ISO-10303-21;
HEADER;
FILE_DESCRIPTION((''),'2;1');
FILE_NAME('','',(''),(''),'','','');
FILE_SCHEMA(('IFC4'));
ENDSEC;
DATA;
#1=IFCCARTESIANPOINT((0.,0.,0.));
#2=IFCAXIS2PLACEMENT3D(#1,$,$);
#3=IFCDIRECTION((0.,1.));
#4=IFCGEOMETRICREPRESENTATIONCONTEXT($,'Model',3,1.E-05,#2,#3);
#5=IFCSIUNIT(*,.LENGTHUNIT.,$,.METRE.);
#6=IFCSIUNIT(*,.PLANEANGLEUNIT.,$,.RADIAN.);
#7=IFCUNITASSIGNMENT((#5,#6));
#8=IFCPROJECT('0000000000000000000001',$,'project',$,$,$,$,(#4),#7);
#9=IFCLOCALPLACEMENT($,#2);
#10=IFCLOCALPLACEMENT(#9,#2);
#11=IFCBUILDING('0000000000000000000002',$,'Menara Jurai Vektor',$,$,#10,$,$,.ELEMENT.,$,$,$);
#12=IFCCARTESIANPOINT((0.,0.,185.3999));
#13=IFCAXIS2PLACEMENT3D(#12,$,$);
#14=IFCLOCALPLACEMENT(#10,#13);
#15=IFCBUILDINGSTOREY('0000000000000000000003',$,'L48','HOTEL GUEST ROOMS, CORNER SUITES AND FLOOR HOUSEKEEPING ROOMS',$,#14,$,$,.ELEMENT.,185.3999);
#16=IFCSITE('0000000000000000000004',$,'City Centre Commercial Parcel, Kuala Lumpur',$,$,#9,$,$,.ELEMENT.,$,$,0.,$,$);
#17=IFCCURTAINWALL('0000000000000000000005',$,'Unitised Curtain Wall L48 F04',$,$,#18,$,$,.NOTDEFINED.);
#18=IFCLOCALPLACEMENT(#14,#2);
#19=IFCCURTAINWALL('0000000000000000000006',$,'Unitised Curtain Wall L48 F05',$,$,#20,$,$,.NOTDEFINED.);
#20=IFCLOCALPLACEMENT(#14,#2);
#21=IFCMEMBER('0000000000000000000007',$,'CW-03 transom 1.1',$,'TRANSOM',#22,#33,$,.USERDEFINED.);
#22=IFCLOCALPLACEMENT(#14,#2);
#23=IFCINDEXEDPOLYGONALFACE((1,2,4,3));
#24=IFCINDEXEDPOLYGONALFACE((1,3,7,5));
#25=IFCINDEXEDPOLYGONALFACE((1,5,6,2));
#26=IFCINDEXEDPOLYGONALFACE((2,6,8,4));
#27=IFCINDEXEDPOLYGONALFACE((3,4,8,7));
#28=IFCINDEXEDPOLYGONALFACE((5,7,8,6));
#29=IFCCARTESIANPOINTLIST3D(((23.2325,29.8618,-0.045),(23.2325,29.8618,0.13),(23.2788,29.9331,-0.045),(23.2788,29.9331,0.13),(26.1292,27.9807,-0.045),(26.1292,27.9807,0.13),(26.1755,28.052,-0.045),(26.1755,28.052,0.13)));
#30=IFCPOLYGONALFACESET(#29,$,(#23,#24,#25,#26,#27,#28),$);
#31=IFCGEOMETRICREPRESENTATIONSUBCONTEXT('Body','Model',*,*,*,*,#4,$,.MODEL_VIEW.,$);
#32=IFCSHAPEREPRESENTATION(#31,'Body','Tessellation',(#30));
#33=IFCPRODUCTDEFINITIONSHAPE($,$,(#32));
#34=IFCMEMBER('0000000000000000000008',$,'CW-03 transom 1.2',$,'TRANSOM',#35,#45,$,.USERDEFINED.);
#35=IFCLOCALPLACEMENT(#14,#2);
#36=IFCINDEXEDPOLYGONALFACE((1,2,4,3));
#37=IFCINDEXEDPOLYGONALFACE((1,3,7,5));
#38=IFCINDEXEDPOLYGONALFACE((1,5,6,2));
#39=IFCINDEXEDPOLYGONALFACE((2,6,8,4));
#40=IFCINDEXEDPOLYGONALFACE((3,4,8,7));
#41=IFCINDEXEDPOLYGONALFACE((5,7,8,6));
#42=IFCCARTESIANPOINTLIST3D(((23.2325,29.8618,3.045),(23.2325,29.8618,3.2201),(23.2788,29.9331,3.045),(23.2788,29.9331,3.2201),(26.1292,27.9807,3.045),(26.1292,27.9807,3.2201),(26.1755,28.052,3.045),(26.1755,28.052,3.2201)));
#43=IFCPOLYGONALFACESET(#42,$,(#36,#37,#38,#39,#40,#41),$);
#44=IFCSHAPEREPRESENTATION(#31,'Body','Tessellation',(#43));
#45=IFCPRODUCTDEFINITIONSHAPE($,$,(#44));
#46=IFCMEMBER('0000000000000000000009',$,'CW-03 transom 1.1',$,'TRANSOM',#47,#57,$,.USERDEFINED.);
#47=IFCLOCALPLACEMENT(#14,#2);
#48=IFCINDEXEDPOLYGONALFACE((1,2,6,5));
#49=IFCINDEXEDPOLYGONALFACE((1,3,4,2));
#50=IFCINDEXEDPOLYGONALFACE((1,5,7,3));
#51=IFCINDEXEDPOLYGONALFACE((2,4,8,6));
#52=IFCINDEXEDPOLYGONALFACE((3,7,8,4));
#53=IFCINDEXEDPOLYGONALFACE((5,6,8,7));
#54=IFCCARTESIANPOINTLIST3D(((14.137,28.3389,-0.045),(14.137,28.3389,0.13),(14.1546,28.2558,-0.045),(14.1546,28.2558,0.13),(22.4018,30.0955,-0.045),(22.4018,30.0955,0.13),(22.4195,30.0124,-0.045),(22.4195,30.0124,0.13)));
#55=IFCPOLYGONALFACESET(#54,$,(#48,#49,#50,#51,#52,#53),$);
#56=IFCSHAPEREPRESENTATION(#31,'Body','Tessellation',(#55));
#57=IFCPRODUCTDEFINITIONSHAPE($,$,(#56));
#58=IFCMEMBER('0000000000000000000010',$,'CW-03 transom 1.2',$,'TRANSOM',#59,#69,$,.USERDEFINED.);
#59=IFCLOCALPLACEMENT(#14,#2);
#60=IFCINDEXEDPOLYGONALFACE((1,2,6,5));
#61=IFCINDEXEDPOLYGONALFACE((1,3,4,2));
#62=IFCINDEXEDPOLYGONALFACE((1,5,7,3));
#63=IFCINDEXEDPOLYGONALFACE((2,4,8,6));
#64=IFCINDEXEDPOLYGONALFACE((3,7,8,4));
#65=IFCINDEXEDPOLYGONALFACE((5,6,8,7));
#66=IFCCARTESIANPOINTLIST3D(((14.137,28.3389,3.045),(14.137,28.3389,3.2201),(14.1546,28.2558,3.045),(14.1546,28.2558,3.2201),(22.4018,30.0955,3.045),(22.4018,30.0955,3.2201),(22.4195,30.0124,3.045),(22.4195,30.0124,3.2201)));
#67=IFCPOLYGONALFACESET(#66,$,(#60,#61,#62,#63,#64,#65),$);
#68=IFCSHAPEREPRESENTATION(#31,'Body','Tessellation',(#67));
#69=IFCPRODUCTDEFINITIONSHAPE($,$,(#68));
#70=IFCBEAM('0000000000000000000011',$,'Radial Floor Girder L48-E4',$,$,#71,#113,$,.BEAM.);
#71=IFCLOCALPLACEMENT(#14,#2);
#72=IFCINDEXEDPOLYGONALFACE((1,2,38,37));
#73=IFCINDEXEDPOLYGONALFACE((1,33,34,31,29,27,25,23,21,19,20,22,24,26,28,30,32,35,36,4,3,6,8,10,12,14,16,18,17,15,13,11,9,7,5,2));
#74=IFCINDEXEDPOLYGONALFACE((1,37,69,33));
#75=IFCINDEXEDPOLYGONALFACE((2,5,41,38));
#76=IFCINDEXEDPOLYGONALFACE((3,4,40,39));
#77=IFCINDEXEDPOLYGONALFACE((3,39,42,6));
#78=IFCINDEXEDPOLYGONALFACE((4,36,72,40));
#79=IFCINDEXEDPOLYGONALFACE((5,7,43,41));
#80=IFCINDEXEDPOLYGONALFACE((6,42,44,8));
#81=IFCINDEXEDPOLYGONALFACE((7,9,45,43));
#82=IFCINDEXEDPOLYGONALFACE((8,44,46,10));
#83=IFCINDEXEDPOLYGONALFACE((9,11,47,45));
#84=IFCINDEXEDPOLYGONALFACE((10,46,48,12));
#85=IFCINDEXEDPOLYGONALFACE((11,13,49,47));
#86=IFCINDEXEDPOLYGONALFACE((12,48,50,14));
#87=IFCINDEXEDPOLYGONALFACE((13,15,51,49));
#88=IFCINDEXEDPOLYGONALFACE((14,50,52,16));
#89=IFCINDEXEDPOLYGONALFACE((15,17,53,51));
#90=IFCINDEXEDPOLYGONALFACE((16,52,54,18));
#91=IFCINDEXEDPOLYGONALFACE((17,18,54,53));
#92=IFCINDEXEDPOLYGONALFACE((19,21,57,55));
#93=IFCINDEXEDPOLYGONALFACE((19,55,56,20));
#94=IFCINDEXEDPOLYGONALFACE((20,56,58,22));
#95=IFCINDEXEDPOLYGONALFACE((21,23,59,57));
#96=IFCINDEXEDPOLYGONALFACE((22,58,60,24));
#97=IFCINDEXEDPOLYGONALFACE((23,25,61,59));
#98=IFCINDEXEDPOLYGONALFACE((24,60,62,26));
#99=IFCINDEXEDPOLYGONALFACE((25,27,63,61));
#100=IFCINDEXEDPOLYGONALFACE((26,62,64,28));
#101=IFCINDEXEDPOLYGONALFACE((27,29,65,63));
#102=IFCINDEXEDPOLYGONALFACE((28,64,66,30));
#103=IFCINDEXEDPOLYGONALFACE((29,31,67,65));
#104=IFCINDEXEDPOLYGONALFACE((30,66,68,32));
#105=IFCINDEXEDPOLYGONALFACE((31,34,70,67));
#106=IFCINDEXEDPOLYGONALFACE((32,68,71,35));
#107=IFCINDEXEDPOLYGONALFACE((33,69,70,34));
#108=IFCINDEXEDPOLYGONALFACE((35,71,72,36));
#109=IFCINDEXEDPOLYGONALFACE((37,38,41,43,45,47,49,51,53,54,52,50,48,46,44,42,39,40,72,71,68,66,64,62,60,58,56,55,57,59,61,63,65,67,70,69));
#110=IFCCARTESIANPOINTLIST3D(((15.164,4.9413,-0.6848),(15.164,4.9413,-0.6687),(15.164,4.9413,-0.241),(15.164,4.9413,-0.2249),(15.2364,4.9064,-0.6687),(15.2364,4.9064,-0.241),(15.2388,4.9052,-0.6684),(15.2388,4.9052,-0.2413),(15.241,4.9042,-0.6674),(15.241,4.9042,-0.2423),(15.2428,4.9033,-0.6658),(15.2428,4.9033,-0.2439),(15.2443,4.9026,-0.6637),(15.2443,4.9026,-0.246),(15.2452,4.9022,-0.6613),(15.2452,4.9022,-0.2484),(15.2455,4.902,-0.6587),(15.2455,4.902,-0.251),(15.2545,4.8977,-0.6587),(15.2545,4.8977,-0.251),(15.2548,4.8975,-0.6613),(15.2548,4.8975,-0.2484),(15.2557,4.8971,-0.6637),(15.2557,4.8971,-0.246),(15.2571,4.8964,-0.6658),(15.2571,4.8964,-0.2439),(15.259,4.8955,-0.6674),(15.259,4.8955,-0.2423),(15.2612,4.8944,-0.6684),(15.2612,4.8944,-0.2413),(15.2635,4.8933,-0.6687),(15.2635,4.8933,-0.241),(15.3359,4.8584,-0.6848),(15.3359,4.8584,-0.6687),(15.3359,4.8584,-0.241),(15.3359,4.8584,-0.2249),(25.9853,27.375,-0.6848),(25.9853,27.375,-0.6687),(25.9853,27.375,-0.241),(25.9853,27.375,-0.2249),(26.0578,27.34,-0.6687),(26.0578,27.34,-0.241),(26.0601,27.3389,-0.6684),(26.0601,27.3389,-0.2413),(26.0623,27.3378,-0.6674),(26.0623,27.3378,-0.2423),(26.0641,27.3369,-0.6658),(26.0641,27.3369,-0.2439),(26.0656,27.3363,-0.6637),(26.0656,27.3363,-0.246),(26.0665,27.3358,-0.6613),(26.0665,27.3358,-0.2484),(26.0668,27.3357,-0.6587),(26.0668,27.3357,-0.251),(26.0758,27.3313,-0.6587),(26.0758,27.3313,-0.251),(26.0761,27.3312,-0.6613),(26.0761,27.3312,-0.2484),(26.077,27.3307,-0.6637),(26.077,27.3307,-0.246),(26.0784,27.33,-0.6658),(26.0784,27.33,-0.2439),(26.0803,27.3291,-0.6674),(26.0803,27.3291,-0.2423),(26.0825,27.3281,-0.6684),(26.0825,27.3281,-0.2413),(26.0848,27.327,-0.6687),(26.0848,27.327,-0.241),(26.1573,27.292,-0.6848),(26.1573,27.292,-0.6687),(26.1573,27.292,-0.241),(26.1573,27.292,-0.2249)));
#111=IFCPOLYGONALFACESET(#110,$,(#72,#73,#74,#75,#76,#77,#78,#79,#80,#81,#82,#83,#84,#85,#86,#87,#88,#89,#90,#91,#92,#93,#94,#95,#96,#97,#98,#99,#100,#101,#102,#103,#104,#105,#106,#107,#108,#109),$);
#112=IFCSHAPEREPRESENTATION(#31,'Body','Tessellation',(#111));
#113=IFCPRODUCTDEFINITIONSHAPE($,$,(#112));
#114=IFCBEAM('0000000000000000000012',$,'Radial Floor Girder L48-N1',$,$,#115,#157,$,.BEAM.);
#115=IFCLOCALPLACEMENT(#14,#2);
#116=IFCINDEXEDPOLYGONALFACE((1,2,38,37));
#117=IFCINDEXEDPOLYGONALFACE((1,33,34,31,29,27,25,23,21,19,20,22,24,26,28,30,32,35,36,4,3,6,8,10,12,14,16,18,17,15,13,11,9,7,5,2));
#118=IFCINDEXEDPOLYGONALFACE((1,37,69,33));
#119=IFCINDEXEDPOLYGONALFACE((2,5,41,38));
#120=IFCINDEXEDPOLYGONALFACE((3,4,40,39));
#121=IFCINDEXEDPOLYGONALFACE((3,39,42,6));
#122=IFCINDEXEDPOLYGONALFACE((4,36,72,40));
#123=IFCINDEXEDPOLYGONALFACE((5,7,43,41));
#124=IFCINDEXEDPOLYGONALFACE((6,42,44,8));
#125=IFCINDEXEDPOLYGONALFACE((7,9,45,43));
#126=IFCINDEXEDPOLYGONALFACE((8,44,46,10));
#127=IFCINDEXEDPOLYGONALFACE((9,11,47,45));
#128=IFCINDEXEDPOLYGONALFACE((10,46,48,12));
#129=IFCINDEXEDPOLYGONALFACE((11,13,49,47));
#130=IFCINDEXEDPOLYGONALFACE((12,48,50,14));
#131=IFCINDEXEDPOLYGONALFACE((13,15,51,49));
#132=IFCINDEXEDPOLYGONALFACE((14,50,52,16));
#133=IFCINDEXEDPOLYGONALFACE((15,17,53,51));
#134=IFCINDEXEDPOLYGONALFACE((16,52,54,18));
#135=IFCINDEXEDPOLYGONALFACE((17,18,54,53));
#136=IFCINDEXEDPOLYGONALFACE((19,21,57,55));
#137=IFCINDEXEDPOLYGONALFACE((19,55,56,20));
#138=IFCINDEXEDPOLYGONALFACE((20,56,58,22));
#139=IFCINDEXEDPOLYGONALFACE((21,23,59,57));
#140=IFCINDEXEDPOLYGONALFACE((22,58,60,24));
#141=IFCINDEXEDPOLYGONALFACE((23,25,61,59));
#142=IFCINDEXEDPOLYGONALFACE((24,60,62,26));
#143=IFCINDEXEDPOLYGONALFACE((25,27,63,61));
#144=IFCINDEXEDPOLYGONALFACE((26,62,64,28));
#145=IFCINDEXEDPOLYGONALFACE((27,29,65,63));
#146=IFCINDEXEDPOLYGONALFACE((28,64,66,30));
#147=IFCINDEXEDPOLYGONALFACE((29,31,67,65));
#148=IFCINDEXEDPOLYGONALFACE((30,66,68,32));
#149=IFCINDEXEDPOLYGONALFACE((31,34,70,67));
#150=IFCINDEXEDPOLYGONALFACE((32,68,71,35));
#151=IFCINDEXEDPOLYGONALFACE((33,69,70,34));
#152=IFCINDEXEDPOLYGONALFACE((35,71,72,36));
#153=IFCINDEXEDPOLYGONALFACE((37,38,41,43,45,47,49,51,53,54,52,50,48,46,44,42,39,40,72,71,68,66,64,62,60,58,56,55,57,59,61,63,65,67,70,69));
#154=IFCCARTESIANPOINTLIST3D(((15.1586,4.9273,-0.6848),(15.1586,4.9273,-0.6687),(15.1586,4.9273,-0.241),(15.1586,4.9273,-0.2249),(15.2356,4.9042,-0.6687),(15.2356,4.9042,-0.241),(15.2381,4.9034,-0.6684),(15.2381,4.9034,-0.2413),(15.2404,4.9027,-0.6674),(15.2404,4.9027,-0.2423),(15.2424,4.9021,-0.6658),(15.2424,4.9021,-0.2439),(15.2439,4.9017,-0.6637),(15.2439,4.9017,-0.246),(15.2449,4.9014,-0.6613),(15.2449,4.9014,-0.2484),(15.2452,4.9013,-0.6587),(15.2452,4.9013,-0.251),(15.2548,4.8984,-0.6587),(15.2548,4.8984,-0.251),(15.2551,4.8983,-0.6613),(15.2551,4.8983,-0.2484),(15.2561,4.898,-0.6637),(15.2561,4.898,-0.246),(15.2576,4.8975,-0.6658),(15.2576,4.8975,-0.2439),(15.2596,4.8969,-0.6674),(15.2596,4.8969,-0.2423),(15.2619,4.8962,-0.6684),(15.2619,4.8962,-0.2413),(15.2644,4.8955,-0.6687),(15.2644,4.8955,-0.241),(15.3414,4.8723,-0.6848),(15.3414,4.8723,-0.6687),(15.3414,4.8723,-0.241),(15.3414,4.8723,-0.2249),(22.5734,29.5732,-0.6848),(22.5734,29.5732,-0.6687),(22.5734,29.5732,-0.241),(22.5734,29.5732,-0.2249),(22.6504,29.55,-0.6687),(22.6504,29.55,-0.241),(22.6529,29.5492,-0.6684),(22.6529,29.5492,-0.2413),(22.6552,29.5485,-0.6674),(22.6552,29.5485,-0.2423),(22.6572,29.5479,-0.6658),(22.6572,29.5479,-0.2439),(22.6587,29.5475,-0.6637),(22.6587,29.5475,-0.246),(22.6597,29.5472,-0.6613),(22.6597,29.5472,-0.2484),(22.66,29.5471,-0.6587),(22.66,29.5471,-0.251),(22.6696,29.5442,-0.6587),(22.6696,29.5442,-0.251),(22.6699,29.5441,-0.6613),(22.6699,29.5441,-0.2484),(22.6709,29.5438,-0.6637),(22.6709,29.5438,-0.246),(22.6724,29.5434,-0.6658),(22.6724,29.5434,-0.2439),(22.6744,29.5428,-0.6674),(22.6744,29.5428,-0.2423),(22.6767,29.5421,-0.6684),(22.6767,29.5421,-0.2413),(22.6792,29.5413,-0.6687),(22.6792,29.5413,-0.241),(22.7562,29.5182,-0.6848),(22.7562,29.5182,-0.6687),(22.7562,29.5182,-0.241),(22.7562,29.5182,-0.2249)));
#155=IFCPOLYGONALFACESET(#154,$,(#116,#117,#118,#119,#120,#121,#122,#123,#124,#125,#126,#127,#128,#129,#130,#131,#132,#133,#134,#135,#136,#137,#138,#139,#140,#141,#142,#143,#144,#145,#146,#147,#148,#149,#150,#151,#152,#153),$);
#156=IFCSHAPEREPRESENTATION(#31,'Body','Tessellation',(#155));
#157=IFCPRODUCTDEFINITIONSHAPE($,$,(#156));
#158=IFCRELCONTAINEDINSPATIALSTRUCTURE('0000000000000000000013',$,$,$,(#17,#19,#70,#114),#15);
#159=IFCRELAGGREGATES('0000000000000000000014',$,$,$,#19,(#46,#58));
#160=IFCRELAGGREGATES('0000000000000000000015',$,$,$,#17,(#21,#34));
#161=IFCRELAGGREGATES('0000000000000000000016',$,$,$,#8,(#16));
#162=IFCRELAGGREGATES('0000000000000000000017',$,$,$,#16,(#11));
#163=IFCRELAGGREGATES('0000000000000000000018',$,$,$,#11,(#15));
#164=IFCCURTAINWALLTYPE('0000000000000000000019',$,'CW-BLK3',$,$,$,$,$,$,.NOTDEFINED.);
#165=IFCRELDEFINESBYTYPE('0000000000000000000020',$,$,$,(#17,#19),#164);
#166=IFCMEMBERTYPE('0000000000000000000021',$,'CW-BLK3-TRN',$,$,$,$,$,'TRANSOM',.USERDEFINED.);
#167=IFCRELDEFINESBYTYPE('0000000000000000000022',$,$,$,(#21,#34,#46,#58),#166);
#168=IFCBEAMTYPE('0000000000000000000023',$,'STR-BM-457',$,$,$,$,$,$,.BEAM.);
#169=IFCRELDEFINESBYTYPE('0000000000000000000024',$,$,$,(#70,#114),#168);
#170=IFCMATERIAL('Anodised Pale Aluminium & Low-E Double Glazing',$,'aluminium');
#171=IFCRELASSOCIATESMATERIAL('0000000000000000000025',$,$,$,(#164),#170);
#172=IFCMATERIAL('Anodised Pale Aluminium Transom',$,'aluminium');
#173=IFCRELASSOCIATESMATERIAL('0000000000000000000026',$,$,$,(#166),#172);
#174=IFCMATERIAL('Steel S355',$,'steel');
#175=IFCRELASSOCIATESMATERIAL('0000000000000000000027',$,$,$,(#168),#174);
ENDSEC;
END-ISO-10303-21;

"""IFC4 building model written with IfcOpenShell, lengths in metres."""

from ifc_helpers import new_model, si_unit, direction, frame, origin, origin_2d, place, context, subcontext, project, spatial, rectangle, i_section, extrude, material, material_profile, profile_set, type_object, element, aggregate, save


model = new_model("IFC4")

# Units and contexts
model_context = context("Model", 3, precision=1e-05, world=origin(), true_north=direction((0.0, 1.0)))
body_context = subcontext(model_context, "Body", "Model", "MODEL_VIEW")
ifc_project = project(units=[si_unit("LENGTHUNIT", "METRE"), si_unit("PLANEANGLEUNIT", "RADIAN")], contexts=[model_context])

# Site, building, storey
site_placement = place(None, origin())
site = spatial("IfcSite", under=ifc_project, at=site_placement, Name="City Centre Commercial Parcel, Kuala Lumpur", CompositionType="ELEMENT", RefElevation=0.0)
building_placement = place(site_placement, origin())
building = spatial("IfcBuilding", under=site, at=building_placement, Name="Menara Jurai Vektor", CompositionType="ELEMENT")
storey_placement = place(building_placement, frame((0.0, 0.0, 185.3999)))
storey = spatial("IfcBuildingStorey", under=building, at=storey_placement, Name="L48", Description="HOTEL GUEST ROOMS, CORNER SUITES AND FLOOR HOUSEKEEPING ROOMS", CompositionType="ELEMENT", Elevation=185.3999)

# Curtain wall
ifc_material_1 = material(Name="Anodised Pale Aluminium & Low-E Double Glazing", Category="aluminium")
curtain_wall_type = type_object("IfcCurtainWallType", Name="CW-BLK3", PredefinedType="NOTDEFINED", material=ifc_material_1)
curtain_wall_1_placement = place(storey_placement, origin())
curtain_wall_1 = element("IfcCurtainWall", 1, at=curtain_wall_1_placement, inside=storey, type_object=curtain_wall_type, Name="Unitised Curtain Wall L48 F04", PredefinedType="NOTDEFINED")

# Curtain wall
curtain_wall_2_placement = place(storey_placement, origin())
curtain_wall_2 = element("IfcCurtainWall", 2, at=curtain_wall_2_placement, inside=storey, type_object=curtain_wall_type, Name="Unitised Curtain Wall L48 F05", PredefinedType="NOTDEFINED")

# Members
ifc_material_2 = material(Name="Anodised Pale Aluminium Transom", Category="aluminium")
ifc_material_profile_1 = material_profile(ifc_material_2, rectangle(XDim=0.085, YDim=0.175, at=origin_2d()), Name="ALU TRN 85x175")
ifc_profile_set_1 = profile_set([ifc_material_profile_1], Name="Anodised Pale Aluminium Transom")
member_type_1 = type_object("IfcMemberType", Name="CW-BLK3-TRN", ElementType="TRANSOM", PredefinedType="USERDEFINED", material=ifc_profile_set_1)
member_1_placement = place(storey_placement, frame((26.1523, 28.0164, 0.0425), z_axis=(-0.838678, 0.544628, 0.0), x_axis=(-0.544628, -0.838678, 0.0)))
member_1 = element("IfcMember", 3, at=member_1_placement, type_object=member_type_1, Name="CW-03 transom 1.1", ObjectType="TRANSOM", PredefinedType="USERDEFINED", context=body_context, shape_type="SweptSolid", body=[
    extrude(rectangle(XDim=0.085, YDim=0.175, at=origin_2d()), origin(), (0.0, 0.0, 1.0), 3.4539),
])
member_2_placement = place(storey_placement, frame((26.1523, 28.0164, 3.1326), z_axis=(-0.838678, 0.544628, 0.0), x_axis=(-0.544628, -0.838678, 0.0)))
member_2 = element("IfcMember", 4, at=member_2_placement, type_object=member_type_1, Name="CW-03 transom 1.2", ObjectType="TRANSOM", PredefinedType="USERDEFINED", context=body_context, shape_type="SweptSolid", body=[
    extrude(rectangle(XDim=0.085, YDim=0.175, at=origin_2d()), origin(), (0.0, 0.0, 1.0), 3.4539),
])
member_3_placement = place(storey_placement, frame((22.4106, 30.054, 0.0425), z_axis=(-0.978152, -0.207893, 0.0), x_axis=(0.207893, -0.978152, 0.0)))
member_3 = element("IfcMember", 5, at=member_3_placement, type_object=member_type_1, Name="CW-03 transom 1.1", ObjectType="TRANSOM", PredefinedType="USERDEFINED", context=body_context, shape_type="SweptSolid", body=[
    extrude(rectangle(XDim=0.085, YDim=0.175, at=origin_2d()), origin(), (0.0, 0.0, 1.0), 8.4495),
])
member_4_placement = place(storey_placement, frame((22.4106, 30.054, 3.1326), z_axis=(-0.978152, -0.207893, 0.0), x_axis=(0.207893, -0.978152, 0.0)))
member_4 = element("IfcMember", 6, at=member_4_placement, type_object=member_type_1, Name="CW-03 transom 1.2", ObjectType="TRANSOM", PredefinedType="USERDEFINED", context=body_context, shape_type="SweptSolid", body=[
    extrude(rectangle(XDim=0.085, YDim=0.175, at=origin_2d()), origin(), (0.0, 0.0, 1.0), 8.4495),
])

# Beams
ifc_material_3 = material(Name="Steel S355", Category="steel")
ifc_material_profile_2 = material_profile(ifc_material_3, i_section(OverallWidth=0.1909, OverallDepth=0.46, WebThickness=0.01, FlangeThickness=0.0161, FilletRadius=0.01, at=origin_2d()), Name="UKB 457x191x82")
ifc_profile_set_2 = profile_set([ifc_material_profile_2], Name="Steel S355")
beam_type_1 = type_object("IfcBeamType", Name="STR-BM-457", PredefinedType="BEAM", material=ifc_profile_set_2)
beam_1_placement = place(storey_placement, frame((26.0713, 27.3335, -0.4548), z_axis=(-0.434465, -0.900689, 0.0), x_axis=(0.900689, -0.434465, 0.0)))
element("IfcBeam", 7, at=beam_1_placement, inside=storey, type_object=beam_type_1, Name="Radial Floor Girder L48-E4", PredefinedType="BEAM", context=body_context, shape_type="SweptSolid", body=[
    extrude(i_section(OverallWidth=0.1909, OverallDepth=0.46, WebThickness=0.01, FlangeThickness=0.0161, FilletRadius=0.01, at=origin_2d()), origin(), (0.0, 0.0, 1.0), 24.9072),
])
beam_2_placement = place(storey_placement, frame((22.6648, 29.5457, -0.4548), z_axis=(-0.288099, -0.957601, 0.0), x_axis=(0.957601, -0.288099, 0.0)))
element("IfcBeam", 8, at=beam_2_placement, inside=storey, type_object=beam_type_1, Name="Radial Floor Girder L48-N1", PredefinedType="BEAM", context=body_context, shape_type="SweptSolid", body=[
    extrude(i_section(OverallWidth=0.1909, OverallDepth=0.46, WebThickness=0.01, FlangeThickness=0.0161, FilletRadius=0.01, at=origin_2d()), origin(), (0.0, 0.0, 1.0), 25.7371),
])

aggregate(curtain_wall_2, [member_3, member_4])
aggregate(curtain_wall_1, [member_1, member_2])

save(model, "model.ifc")
